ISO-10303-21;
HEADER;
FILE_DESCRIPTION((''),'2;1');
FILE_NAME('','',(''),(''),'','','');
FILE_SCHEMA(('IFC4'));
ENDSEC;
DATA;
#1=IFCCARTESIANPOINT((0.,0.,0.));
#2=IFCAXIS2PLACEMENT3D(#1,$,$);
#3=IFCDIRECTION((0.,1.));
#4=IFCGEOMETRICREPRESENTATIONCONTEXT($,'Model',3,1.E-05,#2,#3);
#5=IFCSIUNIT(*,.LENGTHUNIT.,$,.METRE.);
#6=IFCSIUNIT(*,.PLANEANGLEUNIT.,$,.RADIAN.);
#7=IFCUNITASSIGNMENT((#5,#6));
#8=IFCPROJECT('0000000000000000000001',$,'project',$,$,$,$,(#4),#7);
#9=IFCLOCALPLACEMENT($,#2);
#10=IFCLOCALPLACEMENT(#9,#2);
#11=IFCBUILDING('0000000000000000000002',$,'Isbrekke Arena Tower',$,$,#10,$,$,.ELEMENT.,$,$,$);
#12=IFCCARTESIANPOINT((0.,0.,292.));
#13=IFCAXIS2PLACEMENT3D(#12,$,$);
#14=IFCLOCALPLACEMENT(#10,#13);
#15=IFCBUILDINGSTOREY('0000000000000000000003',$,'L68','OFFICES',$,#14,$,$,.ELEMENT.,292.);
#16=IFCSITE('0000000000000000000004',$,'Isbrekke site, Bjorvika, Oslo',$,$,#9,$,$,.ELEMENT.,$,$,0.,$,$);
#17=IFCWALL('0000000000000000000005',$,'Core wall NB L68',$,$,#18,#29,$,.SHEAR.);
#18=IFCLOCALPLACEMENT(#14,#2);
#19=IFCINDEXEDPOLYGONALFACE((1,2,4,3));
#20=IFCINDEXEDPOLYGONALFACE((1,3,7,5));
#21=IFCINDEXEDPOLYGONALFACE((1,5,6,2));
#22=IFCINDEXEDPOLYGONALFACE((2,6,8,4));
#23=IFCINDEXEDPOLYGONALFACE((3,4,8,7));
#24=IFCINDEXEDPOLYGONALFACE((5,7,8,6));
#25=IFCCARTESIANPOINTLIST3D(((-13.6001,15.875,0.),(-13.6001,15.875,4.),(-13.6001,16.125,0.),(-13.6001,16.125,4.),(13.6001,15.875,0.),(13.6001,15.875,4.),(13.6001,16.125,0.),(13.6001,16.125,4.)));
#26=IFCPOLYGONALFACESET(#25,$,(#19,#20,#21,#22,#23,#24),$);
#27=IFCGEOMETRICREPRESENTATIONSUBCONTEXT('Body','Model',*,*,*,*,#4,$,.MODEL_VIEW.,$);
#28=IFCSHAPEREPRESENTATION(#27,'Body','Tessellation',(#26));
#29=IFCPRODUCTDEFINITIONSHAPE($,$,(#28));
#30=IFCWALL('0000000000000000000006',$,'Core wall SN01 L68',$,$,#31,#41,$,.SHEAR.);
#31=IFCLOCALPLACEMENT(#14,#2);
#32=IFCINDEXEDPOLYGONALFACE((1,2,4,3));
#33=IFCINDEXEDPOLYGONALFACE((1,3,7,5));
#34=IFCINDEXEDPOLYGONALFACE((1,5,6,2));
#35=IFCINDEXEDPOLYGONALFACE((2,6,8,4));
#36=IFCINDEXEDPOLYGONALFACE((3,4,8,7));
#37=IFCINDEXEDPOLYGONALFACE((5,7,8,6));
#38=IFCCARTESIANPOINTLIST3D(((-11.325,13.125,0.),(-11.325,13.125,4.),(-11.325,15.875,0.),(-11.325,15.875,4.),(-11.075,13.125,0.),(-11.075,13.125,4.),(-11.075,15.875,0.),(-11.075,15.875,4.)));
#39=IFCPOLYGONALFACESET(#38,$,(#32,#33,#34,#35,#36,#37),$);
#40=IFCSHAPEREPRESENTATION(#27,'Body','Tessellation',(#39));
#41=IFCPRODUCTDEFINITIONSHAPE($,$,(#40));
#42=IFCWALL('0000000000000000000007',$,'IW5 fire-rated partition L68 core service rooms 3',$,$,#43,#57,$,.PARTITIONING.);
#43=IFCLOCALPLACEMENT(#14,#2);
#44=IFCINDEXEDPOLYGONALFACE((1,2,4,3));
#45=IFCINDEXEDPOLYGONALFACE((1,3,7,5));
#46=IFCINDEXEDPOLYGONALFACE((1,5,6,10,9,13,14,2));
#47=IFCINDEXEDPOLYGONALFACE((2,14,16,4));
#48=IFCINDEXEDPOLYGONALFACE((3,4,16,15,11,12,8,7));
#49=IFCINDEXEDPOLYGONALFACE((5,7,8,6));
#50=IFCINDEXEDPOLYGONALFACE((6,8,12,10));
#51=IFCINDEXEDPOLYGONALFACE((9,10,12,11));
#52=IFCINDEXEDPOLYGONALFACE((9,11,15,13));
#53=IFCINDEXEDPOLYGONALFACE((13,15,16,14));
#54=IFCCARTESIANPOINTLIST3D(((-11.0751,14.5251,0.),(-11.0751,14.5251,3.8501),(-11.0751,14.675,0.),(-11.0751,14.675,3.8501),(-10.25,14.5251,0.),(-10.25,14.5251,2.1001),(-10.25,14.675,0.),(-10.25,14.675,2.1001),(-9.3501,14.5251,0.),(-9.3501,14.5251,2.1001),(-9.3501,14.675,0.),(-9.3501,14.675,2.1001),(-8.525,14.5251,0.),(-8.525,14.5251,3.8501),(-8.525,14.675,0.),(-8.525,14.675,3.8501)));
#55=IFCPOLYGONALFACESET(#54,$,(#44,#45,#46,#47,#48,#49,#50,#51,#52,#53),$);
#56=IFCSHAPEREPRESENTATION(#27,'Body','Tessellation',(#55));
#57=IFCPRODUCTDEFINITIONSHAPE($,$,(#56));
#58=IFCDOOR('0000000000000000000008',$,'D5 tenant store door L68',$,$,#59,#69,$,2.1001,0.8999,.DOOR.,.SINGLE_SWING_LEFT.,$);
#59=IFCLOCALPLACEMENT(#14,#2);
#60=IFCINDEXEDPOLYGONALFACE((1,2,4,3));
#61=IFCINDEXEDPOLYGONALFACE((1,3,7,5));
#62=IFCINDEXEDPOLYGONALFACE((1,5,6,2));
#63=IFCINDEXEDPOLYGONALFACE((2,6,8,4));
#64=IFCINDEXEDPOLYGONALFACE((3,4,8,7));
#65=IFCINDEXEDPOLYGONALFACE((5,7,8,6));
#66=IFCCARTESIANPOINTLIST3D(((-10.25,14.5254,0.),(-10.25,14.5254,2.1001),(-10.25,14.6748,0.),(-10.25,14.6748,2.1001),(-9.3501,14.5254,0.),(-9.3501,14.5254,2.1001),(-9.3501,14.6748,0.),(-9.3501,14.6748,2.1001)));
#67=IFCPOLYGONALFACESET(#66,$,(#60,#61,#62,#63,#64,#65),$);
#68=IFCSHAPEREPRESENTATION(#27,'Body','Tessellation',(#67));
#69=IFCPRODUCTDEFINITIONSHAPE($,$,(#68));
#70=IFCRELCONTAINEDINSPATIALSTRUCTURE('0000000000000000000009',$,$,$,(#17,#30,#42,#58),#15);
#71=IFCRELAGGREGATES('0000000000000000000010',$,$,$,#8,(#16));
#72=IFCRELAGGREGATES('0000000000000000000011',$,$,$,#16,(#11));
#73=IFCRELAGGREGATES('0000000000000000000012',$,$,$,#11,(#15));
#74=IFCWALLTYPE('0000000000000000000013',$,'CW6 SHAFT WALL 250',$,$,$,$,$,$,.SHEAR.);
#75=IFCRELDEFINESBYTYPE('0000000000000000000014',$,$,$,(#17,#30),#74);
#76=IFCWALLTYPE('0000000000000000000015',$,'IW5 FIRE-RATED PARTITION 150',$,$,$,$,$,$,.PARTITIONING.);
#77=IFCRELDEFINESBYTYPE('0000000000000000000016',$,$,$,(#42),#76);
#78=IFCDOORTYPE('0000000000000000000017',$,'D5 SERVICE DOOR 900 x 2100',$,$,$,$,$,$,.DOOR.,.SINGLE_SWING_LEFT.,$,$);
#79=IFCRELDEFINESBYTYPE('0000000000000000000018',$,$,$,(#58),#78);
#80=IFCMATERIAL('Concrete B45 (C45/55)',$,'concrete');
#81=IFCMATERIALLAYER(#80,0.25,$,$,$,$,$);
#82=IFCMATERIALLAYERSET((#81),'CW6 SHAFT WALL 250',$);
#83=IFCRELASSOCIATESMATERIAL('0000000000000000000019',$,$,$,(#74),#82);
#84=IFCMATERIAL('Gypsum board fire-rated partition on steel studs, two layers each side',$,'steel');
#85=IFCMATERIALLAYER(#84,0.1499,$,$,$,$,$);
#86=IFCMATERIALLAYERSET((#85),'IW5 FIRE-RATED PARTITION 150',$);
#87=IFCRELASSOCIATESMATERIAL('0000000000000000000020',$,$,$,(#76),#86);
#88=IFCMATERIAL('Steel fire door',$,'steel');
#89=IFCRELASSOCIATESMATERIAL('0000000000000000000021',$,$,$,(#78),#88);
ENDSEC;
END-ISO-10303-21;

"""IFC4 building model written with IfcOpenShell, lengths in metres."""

from ifc_helpers import new_model, si_unit, direction, frame, frame_2d, origin, place, context, subcontext, project, spatial, rectangle, extrude, material, layer, layer_set, type_object, element, fill, save


model = new_model("IFC4")

# Units and contexts
model_context = context("Model", 3, precision=1e-05, world=origin(), true_north=direction((0.0, 1.0)))
body_context = subcontext(model_context, "Body", "Model", "MODEL_VIEW")
ifc_project = project(units=[si_unit("LENGTHUNIT", "METRE"), si_unit("PLANEANGLEUNIT", "RADIAN")], contexts=[model_context])

# Site, building, storey
site_placement = place(None, origin())
site = spatial("IfcSite", under=ifc_project, at=site_placement, Name="Isbrekke site, Bjorvika, Oslo", CompositionType="ELEMENT", RefElevation=0.0)
building_placement = place(site_placement, origin())
building = spatial("IfcBuilding", under=site, at=building_placement, Name="Isbrekke Arena Tower", CompositionType="ELEMENT")
storey_placement = place(building_placement, frame((0.0, 0.0, 292.0)))
storey = spatial("IfcBuildingStorey", under=building, at=storey_placement, Name="L68", Description="OFFICES", CompositionType="ELEMENT", Elevation=292.0)

# Walls
ifc_material_1 = material(Name="Concrete B45 (C45/55)", Category="concrete")
ifc_layer_1 = layer(ifc_material_1, 0.25)
ifc_layer_set_1 = layer_set([ifc_layer_1], Name="CW6 SHAFT WALL 250")
wall_type_1 = type_object("IfcWallType", Name="CW6 SHAFT WALL 250", PredefinedType="SHEAR", material=ifc_layer_set_1)
wall_1_placement = place(storey_placement, frame((-13.6001, 16.0, 0.0), z_axis=(0.0, 0.0, 1.0), x_axis=(1.0, 0.0, 0.0)))
element("IfcWall", 1, at=wall_1_placement, inside=storey, type_object=wall_type_1, Name="Core wall NB L68", PredefinedType="SHEAR", context=body_context, shape_type="SweptSolid", body=[
    extrude(rectangle(XDim=27.2002, YDim=0.25, at=frame_2d((13.6001, 0.0))), origin(), (0.0, 0.0, 1.0), 4.0),
])
wall_2_placement = place(storey_placement, frame((-11.2, 13.125, 0.0), z_axis=(0.0, 0.0, 1.0), x_axis=(0.0, 1.0, 0.0)))
element("IfcWall", 2, at=wall_2_placement, inside=storey, type_object=wall_type_1, Name="Core wall SN01 L68", PredefinedType="SHEAR", context=body_context, shape_type="SweptSolid", body=[
    extrude(rectangle(XDim=2.75, YDim=0.25, at=frame_2d((1.375, 0.0))), origin(), (0.0, 0.0, 1.0), 4.0),
])

# Wall, opening, door
ifc_material_2 = material(Name="Gypsum board fire-rated partition on steel studs, two layers each side", Category="steel")
ifc_layer_2 = layer(ifc_material_2, 0.1499)
ifc_layer_set_2 = layer_set([ifc_layer_2], Name="IW5 FIRE-RATED PARTITION 150")
wall_type_2 = type_object("IfcWallType", Name="IW5 FIRE-RATED PARTITION 150", PredefinedType="PARTITIONING", material=ifc_layer_set_2)
wall_3_placement = place(storey_placement, frame((-11.075, 14.6001, 0.0), z_axis=(0.0, 0.0, 1.0), x_axis=(1.0, 0.0, 0.0)))
wall_3 = element("IfcWall", 3, at=wall_3_placement, inside=storey, type_object=wall_type_2, Name="IW5 fire-rated partition L68 core service rooms 3", PredefinedType="PARTITIONING", context=body_context, shape_type="SweptSolid", body=[
    extrude(rectangle(XDim=2.55, YDim=0.1499, at=frame_2d((1.2749, 0.0))), origin(), (0.0, 0.0, 1.0), 3.8501),
])
opening_placement = place(wall_3_placement, frame((0.825, 0.0, 0.0)))
opening = element("IfcOpeningElement", 4, at=opening_placement, cuts=wall_3, PredefinedType="OPENING", context=body_context, shape_type="SweptSolid", body=[
    extrude(rectangle(XDim=0.8999, YDim=2.1001, at=frame_2d((0.45, 1.05))), frame((0.0, 0.0898, 0.0), z_axis=(0.0, -1.0, 0.0), x_axis=(1.0, 0.0, 0.0)), (0.0, 0.0, 1.0), 0.1797),
])
ifc_material_3 = material(Name="Steel fire door", Category="steel")
door_type = type_object("IfcDoorType", Name="D5 SERVICE DOOR 900 x 2100", OperationType="SINGLE_SWING_LEFT", PredefinedType="DOOR", material=ifc_material_3)
door_placement = place(opening_placement, origin())
door = element("IfcDoor", 5, at=door_placement, inside=storey, type_object=door_type, Name="D5 tenant store door L68", OperationType="SINGLE_SWING_LEFT", OverallHeight=2.1001, OverallWidth=0.8999, PredefinedType="DOOR", context=body_context, shape_type="SweptSolid", body=[
    extrude(rectangle(XDim=0.8999, YDim=2.1001, at=frame_2d((0.45, 1.05))), frame((0.0, 0.0747, 0.0), z_axis=(0.0, -1.0, 0.0), x_axis=(1.0, 0.0, 0.0)), (0.0, 0.0, 1.0), 0.1494),
])
fill(opening, door)

save(model, "model.ifc")
